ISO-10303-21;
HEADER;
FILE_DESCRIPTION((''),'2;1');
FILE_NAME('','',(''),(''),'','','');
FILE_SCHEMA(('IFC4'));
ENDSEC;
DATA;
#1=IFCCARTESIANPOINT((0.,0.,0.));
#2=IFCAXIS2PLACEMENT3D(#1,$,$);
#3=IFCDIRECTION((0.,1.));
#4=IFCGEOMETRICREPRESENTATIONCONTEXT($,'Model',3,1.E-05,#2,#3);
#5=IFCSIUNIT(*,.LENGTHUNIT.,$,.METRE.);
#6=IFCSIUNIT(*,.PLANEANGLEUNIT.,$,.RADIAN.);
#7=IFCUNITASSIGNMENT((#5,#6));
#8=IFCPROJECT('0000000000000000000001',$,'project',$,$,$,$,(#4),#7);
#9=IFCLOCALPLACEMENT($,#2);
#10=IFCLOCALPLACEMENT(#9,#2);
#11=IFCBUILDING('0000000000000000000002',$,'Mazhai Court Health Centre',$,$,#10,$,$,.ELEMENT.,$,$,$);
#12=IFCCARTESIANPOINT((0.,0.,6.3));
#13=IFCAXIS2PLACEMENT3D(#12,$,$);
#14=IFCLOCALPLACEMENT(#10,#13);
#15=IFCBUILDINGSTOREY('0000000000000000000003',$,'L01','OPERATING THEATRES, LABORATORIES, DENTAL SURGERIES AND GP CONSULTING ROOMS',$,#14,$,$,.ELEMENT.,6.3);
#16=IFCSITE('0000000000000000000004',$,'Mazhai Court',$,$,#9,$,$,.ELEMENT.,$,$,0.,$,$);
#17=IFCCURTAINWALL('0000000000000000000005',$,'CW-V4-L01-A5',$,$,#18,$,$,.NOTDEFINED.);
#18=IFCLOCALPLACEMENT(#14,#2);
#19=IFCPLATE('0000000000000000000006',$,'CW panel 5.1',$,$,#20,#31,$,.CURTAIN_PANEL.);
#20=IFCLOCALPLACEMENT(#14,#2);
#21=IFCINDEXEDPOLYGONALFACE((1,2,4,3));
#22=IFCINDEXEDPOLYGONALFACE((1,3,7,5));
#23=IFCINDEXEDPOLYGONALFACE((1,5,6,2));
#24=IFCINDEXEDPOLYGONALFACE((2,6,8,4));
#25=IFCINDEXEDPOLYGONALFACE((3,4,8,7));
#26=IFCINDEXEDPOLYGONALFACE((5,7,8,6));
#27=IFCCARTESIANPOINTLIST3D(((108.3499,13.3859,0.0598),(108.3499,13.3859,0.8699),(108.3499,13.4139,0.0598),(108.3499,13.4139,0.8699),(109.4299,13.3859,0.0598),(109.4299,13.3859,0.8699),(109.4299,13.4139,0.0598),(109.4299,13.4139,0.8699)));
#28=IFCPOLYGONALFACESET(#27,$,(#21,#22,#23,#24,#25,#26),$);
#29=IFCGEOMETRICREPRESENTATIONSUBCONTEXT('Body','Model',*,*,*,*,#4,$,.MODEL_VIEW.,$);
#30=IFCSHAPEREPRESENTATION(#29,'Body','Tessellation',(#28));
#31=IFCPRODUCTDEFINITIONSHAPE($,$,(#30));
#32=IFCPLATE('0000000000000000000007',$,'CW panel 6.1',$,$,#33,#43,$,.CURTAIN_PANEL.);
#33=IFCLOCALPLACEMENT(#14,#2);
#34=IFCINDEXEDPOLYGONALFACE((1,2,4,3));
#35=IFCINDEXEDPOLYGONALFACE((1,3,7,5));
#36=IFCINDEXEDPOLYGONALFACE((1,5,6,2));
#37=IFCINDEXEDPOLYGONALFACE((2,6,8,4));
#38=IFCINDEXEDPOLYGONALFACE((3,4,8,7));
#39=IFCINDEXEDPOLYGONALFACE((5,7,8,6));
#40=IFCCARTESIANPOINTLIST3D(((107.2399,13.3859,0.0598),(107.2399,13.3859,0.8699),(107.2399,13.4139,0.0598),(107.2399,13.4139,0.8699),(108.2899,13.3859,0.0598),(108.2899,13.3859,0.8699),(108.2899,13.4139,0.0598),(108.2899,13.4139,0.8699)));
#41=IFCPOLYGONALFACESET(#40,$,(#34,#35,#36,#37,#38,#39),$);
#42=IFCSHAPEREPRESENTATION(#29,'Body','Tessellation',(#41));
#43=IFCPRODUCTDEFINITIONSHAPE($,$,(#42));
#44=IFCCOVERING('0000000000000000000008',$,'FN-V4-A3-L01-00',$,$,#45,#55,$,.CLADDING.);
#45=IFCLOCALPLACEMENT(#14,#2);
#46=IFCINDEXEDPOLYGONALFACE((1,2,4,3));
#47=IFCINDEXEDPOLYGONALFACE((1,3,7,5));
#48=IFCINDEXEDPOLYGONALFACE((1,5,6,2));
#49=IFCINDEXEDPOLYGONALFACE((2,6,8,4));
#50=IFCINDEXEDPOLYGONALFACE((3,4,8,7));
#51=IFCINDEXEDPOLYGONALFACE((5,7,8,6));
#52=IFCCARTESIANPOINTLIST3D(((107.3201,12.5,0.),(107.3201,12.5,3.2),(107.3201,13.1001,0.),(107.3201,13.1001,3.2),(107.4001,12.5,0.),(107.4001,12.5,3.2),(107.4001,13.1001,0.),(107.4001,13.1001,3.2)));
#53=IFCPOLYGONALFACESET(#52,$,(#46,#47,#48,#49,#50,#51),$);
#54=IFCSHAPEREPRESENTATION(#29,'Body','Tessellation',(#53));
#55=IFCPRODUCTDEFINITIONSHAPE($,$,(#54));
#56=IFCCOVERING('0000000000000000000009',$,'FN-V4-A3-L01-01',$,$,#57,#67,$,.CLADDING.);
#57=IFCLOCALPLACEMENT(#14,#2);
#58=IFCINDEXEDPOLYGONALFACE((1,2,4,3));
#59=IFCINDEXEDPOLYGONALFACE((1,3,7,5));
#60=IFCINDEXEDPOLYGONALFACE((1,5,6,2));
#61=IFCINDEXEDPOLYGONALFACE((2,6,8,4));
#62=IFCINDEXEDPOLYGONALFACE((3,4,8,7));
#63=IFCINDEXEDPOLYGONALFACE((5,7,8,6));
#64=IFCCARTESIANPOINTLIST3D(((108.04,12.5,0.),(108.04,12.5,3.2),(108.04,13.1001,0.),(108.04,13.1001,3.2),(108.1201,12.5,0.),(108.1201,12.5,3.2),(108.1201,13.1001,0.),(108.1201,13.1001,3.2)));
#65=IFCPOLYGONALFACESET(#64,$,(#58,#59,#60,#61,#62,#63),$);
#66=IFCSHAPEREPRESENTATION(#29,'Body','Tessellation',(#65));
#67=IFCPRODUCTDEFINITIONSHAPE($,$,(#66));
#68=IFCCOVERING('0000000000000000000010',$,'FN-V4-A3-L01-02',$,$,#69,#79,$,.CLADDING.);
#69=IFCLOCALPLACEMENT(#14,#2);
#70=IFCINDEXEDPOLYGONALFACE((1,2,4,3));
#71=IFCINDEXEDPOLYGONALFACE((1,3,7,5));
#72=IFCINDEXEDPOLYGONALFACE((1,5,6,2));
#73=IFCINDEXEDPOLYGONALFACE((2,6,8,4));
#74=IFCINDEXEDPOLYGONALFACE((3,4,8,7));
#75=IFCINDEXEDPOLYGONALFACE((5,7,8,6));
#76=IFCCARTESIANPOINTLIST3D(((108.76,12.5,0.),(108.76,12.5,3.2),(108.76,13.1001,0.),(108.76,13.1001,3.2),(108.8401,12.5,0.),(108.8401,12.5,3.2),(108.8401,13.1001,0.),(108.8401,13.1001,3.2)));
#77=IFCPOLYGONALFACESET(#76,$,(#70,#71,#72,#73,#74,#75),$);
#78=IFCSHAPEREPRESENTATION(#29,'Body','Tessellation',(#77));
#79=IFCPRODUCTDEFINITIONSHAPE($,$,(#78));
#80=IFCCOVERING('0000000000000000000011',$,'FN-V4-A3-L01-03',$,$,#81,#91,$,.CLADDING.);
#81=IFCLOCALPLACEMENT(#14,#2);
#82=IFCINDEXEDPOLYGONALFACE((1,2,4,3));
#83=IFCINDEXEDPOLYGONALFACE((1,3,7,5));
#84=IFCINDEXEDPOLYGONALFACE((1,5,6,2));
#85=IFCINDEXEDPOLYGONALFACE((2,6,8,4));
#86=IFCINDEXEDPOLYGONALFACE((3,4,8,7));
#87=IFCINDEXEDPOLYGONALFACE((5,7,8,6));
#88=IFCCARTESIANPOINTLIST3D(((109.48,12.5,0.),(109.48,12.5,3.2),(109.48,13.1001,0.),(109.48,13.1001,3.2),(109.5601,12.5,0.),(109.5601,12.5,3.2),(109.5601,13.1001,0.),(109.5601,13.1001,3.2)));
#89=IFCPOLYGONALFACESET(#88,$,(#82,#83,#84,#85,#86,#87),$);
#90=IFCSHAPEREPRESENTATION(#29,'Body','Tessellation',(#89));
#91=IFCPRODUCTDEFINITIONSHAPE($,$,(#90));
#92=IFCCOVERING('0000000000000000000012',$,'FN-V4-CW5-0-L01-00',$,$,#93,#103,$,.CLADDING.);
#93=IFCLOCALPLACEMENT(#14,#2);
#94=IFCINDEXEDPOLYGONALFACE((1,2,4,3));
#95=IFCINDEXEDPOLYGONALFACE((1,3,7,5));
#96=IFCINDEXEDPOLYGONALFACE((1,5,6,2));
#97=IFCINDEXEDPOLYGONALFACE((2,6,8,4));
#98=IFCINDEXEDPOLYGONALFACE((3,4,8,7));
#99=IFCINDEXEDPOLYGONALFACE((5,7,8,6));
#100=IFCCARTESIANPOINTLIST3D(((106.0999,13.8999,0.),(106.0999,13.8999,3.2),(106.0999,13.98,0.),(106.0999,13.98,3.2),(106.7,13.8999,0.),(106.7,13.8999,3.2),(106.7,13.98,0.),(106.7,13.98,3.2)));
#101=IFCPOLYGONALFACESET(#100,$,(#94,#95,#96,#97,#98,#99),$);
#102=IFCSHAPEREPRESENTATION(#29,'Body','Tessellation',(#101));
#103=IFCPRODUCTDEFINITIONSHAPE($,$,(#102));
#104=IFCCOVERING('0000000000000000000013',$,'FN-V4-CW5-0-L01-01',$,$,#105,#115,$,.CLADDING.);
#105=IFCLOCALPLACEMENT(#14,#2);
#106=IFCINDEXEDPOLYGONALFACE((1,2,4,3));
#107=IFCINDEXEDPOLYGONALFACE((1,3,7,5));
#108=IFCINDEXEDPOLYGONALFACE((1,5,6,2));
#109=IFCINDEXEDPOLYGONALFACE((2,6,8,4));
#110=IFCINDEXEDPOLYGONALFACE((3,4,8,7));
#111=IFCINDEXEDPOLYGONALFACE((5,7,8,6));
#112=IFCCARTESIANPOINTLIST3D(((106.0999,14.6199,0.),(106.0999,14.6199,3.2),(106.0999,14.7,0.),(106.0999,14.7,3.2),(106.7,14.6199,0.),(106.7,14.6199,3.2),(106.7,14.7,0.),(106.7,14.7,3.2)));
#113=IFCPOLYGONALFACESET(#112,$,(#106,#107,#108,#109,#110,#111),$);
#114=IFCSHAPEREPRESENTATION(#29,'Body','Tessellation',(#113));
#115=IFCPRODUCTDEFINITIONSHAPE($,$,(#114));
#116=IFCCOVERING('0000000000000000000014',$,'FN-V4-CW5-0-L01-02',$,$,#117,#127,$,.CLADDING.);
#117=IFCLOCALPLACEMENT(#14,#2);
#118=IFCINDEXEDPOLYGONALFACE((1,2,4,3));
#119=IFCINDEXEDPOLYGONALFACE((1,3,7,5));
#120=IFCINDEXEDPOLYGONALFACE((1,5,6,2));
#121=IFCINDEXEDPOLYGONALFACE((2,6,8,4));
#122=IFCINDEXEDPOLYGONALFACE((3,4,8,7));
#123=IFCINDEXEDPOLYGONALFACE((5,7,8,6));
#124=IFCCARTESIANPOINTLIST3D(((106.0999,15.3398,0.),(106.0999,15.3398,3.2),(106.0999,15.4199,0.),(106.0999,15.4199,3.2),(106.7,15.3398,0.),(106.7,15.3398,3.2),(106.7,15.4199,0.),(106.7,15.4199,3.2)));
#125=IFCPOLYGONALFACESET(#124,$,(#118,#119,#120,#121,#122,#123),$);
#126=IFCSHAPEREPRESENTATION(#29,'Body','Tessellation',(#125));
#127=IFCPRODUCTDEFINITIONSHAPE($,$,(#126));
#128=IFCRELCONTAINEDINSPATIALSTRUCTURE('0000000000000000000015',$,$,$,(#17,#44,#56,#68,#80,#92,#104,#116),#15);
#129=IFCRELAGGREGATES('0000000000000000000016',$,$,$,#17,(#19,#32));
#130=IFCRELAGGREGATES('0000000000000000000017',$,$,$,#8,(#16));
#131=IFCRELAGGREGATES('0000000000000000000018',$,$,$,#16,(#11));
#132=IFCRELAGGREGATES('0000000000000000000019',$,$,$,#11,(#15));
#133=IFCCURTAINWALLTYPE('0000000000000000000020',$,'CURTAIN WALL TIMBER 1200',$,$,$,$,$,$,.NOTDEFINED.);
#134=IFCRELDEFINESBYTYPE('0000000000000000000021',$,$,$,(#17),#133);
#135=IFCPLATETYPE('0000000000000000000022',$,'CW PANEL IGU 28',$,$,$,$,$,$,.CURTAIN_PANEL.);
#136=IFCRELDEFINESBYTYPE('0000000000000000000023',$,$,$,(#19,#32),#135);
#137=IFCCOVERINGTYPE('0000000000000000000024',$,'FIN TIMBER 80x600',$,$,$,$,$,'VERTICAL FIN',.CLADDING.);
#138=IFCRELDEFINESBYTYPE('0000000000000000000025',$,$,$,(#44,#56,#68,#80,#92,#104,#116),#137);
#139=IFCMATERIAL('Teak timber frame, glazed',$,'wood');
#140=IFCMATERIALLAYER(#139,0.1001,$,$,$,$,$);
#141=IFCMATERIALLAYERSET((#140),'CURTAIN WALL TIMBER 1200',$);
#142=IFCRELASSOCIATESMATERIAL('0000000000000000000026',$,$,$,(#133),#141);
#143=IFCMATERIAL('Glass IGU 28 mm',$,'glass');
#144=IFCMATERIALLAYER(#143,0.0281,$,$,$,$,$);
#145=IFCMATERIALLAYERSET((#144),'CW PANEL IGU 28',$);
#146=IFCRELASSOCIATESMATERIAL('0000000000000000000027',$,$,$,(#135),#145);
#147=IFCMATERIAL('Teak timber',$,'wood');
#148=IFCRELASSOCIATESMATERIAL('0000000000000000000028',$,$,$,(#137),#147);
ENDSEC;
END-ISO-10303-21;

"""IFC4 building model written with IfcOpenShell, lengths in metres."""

from ifc_helpers import new_model, si_unit, direction, frame, origin, origin_2d, place, context, subcontext, project, spatial, rectangle, extrude, material, layer, layer_set, type_object, element, aggregate, save


model = new_model("IFC4")

# Units and contexts
model_context = context("Model", 3, precision=1e-05, world=origin(), true_north=direction((0.0, 1.0)))
body_context = subcontext(model_context, "Body", "Model", "MODEL_VIEW")
ifc_project = project(units=[si_unit("LENGTHUNIT", "METRE"), si_unit("PLANEANGLEUNIT", "RADIAN")], contexts=[model_context])

# Site, building, storey
site_placement = place(None, origin())
site = spatial("IfcSite", under=ifc_project, at=site_placement, Name="Mazhai Court", CompositionType="ELEMENT", RefElevation=0.0)
building_placement = place(site_placement, origin())
building = spatial("IfcBuilding", under=site, at=building_placement, Name="Mazhai Court Health Centre", CompositionType="ELEMENT")
storey_placement = place(building_placement, frame((0.0, 0.0, 6.3)))
storey = spatial("IfcBuildingStorey", under=building, at=storey_placement, Name="L01", Description="OPERATING THEATRES, LABORATORIES, DENTAL SURGERIES AND GP CONSULTING ROOMS", CompositionType="ELEMENT", Elevation=6.3)

# Curtain wall
ifc_material_1 = material(Name="Teak timber frame, glazed", Category="wood")
ifc_layer_1 = layer(ifc_material_1, 0.1001)
ifc_layer_set_1 = layer_set([ifc_layer_1], Name="CURTAIN WALL TIMBER 1200")
curtain_wall_type = type_object("IfcCurtainWallType", Name="CURTAIN WALL TIMBER 1200", PredefinedType="NOTDEFINED", material=ifc_layer_set_1)
curtain_wall_1_placement = place(storey_placement, origin())
curtain_wall_1 = element("IfcCurtainWall", 1, at=curtain_wall_1_placement, inside=storey, type_object=curtain_wall_type, Name="CW-V4-L01-A5", PredefinedType="NOTDEFINED")

# Plates
ifc_material_2 = material(Name="Glass IGU 28 mm", Category="glass")
ifc_layer_2 = layer(ifc_material_2, 0.0281)
ifc_layer_set_2 = layer_set([ifc_layer_2], Name="CW PANEL IGU 28")
plate_type = type_object("IfcPlateType", Name="CW PANEL IGU 28", PredefinedType="CURTAIN_PANEL", material=ifc_layer_set_2)
plate_1_placement = place(storey_placement, frame((108.8899, 13.3999, 0.0598), z_axis=(0.0, 0.0, 1.0), x_axis=(-1.0, 0.0, 0.0)))
plate_1 = element("IfcPlate", 2, at=plate_1_placement, type_object=plate_type, Name="CW panel 5.1", PredefinedType="CURTAIN_PANEL", context=body_context, shape_type="SweptSolid", body=[
    extrude(rectangle(XDim=1.0801, YDim=0.0281, at=origin_2d()), origin(), (0.0, 0.0, 1.0), 0.8101),
])
plate_2_placement = place(storey_placement, frame((107.7649, 13.3999, 0.0598), z_axis=(0.0, 0.0, 1.0), x_axis=(-1.0, 0.0, 0.0)))
plate_2 = element("IfcPlate", 3, at=plate_2_placement, type_object=plate_type, Name="CW panel 6.1", PredefinedType="CURTAIN_PANEL", context=body_context, shape_type="SweptSolid", body=[
    extrude(rectangle(XDim=1.05, YDim=0.0281, at=origin_2d()), origin(), (0.0, 0.0, 1.0), 0.8101),
])
aggregate(curtain_wall_1, [plate_1, plate_2])

# Coverings
ifc_material_3 = material(Name="Teak timber", Category="wood")
covering_type = type_object("IfcCoveringType", Name="FIN TIMBER 80x600", ElementType="VERTICAL FIN", PredefinedType="CLADDING", material=ifc_material_3)
for number, where, z_axis, x_axis, name in (
    (4, (107.3601, 12.8, 0.0), (0.0, 0.0, 1.0), (1.0, 0.0, 0.0), "FN-V4-A3-L01-00"),
    (5, (108.0801, 12.8, 0.0), (0.0, 0.0, 1.0), (1.0, 0.0, 0.0), "FN-V4-A3-L01-01"),
    (6, (108.8, 12.8, 0.0), (0.0, 0.0, 1.0), (1.0, 0.0, 0.0), "FN-V4-A3-L01-02"),
    (7, (109.52, 12.8, 0.0), (0.0, 0.0, 1.0), (1.0, 0.0, 0.0), "FN-V4-A3-L01-03"),
    (8, (106.3999, 13.9399, 0.0), (0.0, 0.0, 1.0), (0.0, 1.0, 0.0), "FN-V4-CW5-0-L01-00"),
    (9, (106.3999, 14.6599, 0.0), (0.0, 0.0, 1.0), (0.0, 1.0, 0.0), "FN-V4-CW5-0-L01-01"),
    (10, (106.3999, 15.3799, 0.0), (0.0, 0.0, 1.0), (0.0, 1.0, 0.0), "FN-V4-CW5-0-L01-02"),
):
    element("IfcCovering", number, at=place(storey_placement, frame(where, z_axis=z_axis, x_axis=x_axis)), inside=storey, type_object=covering_type, Name=name, PredefinedType="CLADDING", context=body_context, shape_type="SweptSolid", body=[
        extrude(rectangle(XDim=0.0801, YDim=0.6001, at=origin_2d()), origin(), (0.0, 0.0, 1.0), 3.2),
    ])

save(model, "model.ifc")
